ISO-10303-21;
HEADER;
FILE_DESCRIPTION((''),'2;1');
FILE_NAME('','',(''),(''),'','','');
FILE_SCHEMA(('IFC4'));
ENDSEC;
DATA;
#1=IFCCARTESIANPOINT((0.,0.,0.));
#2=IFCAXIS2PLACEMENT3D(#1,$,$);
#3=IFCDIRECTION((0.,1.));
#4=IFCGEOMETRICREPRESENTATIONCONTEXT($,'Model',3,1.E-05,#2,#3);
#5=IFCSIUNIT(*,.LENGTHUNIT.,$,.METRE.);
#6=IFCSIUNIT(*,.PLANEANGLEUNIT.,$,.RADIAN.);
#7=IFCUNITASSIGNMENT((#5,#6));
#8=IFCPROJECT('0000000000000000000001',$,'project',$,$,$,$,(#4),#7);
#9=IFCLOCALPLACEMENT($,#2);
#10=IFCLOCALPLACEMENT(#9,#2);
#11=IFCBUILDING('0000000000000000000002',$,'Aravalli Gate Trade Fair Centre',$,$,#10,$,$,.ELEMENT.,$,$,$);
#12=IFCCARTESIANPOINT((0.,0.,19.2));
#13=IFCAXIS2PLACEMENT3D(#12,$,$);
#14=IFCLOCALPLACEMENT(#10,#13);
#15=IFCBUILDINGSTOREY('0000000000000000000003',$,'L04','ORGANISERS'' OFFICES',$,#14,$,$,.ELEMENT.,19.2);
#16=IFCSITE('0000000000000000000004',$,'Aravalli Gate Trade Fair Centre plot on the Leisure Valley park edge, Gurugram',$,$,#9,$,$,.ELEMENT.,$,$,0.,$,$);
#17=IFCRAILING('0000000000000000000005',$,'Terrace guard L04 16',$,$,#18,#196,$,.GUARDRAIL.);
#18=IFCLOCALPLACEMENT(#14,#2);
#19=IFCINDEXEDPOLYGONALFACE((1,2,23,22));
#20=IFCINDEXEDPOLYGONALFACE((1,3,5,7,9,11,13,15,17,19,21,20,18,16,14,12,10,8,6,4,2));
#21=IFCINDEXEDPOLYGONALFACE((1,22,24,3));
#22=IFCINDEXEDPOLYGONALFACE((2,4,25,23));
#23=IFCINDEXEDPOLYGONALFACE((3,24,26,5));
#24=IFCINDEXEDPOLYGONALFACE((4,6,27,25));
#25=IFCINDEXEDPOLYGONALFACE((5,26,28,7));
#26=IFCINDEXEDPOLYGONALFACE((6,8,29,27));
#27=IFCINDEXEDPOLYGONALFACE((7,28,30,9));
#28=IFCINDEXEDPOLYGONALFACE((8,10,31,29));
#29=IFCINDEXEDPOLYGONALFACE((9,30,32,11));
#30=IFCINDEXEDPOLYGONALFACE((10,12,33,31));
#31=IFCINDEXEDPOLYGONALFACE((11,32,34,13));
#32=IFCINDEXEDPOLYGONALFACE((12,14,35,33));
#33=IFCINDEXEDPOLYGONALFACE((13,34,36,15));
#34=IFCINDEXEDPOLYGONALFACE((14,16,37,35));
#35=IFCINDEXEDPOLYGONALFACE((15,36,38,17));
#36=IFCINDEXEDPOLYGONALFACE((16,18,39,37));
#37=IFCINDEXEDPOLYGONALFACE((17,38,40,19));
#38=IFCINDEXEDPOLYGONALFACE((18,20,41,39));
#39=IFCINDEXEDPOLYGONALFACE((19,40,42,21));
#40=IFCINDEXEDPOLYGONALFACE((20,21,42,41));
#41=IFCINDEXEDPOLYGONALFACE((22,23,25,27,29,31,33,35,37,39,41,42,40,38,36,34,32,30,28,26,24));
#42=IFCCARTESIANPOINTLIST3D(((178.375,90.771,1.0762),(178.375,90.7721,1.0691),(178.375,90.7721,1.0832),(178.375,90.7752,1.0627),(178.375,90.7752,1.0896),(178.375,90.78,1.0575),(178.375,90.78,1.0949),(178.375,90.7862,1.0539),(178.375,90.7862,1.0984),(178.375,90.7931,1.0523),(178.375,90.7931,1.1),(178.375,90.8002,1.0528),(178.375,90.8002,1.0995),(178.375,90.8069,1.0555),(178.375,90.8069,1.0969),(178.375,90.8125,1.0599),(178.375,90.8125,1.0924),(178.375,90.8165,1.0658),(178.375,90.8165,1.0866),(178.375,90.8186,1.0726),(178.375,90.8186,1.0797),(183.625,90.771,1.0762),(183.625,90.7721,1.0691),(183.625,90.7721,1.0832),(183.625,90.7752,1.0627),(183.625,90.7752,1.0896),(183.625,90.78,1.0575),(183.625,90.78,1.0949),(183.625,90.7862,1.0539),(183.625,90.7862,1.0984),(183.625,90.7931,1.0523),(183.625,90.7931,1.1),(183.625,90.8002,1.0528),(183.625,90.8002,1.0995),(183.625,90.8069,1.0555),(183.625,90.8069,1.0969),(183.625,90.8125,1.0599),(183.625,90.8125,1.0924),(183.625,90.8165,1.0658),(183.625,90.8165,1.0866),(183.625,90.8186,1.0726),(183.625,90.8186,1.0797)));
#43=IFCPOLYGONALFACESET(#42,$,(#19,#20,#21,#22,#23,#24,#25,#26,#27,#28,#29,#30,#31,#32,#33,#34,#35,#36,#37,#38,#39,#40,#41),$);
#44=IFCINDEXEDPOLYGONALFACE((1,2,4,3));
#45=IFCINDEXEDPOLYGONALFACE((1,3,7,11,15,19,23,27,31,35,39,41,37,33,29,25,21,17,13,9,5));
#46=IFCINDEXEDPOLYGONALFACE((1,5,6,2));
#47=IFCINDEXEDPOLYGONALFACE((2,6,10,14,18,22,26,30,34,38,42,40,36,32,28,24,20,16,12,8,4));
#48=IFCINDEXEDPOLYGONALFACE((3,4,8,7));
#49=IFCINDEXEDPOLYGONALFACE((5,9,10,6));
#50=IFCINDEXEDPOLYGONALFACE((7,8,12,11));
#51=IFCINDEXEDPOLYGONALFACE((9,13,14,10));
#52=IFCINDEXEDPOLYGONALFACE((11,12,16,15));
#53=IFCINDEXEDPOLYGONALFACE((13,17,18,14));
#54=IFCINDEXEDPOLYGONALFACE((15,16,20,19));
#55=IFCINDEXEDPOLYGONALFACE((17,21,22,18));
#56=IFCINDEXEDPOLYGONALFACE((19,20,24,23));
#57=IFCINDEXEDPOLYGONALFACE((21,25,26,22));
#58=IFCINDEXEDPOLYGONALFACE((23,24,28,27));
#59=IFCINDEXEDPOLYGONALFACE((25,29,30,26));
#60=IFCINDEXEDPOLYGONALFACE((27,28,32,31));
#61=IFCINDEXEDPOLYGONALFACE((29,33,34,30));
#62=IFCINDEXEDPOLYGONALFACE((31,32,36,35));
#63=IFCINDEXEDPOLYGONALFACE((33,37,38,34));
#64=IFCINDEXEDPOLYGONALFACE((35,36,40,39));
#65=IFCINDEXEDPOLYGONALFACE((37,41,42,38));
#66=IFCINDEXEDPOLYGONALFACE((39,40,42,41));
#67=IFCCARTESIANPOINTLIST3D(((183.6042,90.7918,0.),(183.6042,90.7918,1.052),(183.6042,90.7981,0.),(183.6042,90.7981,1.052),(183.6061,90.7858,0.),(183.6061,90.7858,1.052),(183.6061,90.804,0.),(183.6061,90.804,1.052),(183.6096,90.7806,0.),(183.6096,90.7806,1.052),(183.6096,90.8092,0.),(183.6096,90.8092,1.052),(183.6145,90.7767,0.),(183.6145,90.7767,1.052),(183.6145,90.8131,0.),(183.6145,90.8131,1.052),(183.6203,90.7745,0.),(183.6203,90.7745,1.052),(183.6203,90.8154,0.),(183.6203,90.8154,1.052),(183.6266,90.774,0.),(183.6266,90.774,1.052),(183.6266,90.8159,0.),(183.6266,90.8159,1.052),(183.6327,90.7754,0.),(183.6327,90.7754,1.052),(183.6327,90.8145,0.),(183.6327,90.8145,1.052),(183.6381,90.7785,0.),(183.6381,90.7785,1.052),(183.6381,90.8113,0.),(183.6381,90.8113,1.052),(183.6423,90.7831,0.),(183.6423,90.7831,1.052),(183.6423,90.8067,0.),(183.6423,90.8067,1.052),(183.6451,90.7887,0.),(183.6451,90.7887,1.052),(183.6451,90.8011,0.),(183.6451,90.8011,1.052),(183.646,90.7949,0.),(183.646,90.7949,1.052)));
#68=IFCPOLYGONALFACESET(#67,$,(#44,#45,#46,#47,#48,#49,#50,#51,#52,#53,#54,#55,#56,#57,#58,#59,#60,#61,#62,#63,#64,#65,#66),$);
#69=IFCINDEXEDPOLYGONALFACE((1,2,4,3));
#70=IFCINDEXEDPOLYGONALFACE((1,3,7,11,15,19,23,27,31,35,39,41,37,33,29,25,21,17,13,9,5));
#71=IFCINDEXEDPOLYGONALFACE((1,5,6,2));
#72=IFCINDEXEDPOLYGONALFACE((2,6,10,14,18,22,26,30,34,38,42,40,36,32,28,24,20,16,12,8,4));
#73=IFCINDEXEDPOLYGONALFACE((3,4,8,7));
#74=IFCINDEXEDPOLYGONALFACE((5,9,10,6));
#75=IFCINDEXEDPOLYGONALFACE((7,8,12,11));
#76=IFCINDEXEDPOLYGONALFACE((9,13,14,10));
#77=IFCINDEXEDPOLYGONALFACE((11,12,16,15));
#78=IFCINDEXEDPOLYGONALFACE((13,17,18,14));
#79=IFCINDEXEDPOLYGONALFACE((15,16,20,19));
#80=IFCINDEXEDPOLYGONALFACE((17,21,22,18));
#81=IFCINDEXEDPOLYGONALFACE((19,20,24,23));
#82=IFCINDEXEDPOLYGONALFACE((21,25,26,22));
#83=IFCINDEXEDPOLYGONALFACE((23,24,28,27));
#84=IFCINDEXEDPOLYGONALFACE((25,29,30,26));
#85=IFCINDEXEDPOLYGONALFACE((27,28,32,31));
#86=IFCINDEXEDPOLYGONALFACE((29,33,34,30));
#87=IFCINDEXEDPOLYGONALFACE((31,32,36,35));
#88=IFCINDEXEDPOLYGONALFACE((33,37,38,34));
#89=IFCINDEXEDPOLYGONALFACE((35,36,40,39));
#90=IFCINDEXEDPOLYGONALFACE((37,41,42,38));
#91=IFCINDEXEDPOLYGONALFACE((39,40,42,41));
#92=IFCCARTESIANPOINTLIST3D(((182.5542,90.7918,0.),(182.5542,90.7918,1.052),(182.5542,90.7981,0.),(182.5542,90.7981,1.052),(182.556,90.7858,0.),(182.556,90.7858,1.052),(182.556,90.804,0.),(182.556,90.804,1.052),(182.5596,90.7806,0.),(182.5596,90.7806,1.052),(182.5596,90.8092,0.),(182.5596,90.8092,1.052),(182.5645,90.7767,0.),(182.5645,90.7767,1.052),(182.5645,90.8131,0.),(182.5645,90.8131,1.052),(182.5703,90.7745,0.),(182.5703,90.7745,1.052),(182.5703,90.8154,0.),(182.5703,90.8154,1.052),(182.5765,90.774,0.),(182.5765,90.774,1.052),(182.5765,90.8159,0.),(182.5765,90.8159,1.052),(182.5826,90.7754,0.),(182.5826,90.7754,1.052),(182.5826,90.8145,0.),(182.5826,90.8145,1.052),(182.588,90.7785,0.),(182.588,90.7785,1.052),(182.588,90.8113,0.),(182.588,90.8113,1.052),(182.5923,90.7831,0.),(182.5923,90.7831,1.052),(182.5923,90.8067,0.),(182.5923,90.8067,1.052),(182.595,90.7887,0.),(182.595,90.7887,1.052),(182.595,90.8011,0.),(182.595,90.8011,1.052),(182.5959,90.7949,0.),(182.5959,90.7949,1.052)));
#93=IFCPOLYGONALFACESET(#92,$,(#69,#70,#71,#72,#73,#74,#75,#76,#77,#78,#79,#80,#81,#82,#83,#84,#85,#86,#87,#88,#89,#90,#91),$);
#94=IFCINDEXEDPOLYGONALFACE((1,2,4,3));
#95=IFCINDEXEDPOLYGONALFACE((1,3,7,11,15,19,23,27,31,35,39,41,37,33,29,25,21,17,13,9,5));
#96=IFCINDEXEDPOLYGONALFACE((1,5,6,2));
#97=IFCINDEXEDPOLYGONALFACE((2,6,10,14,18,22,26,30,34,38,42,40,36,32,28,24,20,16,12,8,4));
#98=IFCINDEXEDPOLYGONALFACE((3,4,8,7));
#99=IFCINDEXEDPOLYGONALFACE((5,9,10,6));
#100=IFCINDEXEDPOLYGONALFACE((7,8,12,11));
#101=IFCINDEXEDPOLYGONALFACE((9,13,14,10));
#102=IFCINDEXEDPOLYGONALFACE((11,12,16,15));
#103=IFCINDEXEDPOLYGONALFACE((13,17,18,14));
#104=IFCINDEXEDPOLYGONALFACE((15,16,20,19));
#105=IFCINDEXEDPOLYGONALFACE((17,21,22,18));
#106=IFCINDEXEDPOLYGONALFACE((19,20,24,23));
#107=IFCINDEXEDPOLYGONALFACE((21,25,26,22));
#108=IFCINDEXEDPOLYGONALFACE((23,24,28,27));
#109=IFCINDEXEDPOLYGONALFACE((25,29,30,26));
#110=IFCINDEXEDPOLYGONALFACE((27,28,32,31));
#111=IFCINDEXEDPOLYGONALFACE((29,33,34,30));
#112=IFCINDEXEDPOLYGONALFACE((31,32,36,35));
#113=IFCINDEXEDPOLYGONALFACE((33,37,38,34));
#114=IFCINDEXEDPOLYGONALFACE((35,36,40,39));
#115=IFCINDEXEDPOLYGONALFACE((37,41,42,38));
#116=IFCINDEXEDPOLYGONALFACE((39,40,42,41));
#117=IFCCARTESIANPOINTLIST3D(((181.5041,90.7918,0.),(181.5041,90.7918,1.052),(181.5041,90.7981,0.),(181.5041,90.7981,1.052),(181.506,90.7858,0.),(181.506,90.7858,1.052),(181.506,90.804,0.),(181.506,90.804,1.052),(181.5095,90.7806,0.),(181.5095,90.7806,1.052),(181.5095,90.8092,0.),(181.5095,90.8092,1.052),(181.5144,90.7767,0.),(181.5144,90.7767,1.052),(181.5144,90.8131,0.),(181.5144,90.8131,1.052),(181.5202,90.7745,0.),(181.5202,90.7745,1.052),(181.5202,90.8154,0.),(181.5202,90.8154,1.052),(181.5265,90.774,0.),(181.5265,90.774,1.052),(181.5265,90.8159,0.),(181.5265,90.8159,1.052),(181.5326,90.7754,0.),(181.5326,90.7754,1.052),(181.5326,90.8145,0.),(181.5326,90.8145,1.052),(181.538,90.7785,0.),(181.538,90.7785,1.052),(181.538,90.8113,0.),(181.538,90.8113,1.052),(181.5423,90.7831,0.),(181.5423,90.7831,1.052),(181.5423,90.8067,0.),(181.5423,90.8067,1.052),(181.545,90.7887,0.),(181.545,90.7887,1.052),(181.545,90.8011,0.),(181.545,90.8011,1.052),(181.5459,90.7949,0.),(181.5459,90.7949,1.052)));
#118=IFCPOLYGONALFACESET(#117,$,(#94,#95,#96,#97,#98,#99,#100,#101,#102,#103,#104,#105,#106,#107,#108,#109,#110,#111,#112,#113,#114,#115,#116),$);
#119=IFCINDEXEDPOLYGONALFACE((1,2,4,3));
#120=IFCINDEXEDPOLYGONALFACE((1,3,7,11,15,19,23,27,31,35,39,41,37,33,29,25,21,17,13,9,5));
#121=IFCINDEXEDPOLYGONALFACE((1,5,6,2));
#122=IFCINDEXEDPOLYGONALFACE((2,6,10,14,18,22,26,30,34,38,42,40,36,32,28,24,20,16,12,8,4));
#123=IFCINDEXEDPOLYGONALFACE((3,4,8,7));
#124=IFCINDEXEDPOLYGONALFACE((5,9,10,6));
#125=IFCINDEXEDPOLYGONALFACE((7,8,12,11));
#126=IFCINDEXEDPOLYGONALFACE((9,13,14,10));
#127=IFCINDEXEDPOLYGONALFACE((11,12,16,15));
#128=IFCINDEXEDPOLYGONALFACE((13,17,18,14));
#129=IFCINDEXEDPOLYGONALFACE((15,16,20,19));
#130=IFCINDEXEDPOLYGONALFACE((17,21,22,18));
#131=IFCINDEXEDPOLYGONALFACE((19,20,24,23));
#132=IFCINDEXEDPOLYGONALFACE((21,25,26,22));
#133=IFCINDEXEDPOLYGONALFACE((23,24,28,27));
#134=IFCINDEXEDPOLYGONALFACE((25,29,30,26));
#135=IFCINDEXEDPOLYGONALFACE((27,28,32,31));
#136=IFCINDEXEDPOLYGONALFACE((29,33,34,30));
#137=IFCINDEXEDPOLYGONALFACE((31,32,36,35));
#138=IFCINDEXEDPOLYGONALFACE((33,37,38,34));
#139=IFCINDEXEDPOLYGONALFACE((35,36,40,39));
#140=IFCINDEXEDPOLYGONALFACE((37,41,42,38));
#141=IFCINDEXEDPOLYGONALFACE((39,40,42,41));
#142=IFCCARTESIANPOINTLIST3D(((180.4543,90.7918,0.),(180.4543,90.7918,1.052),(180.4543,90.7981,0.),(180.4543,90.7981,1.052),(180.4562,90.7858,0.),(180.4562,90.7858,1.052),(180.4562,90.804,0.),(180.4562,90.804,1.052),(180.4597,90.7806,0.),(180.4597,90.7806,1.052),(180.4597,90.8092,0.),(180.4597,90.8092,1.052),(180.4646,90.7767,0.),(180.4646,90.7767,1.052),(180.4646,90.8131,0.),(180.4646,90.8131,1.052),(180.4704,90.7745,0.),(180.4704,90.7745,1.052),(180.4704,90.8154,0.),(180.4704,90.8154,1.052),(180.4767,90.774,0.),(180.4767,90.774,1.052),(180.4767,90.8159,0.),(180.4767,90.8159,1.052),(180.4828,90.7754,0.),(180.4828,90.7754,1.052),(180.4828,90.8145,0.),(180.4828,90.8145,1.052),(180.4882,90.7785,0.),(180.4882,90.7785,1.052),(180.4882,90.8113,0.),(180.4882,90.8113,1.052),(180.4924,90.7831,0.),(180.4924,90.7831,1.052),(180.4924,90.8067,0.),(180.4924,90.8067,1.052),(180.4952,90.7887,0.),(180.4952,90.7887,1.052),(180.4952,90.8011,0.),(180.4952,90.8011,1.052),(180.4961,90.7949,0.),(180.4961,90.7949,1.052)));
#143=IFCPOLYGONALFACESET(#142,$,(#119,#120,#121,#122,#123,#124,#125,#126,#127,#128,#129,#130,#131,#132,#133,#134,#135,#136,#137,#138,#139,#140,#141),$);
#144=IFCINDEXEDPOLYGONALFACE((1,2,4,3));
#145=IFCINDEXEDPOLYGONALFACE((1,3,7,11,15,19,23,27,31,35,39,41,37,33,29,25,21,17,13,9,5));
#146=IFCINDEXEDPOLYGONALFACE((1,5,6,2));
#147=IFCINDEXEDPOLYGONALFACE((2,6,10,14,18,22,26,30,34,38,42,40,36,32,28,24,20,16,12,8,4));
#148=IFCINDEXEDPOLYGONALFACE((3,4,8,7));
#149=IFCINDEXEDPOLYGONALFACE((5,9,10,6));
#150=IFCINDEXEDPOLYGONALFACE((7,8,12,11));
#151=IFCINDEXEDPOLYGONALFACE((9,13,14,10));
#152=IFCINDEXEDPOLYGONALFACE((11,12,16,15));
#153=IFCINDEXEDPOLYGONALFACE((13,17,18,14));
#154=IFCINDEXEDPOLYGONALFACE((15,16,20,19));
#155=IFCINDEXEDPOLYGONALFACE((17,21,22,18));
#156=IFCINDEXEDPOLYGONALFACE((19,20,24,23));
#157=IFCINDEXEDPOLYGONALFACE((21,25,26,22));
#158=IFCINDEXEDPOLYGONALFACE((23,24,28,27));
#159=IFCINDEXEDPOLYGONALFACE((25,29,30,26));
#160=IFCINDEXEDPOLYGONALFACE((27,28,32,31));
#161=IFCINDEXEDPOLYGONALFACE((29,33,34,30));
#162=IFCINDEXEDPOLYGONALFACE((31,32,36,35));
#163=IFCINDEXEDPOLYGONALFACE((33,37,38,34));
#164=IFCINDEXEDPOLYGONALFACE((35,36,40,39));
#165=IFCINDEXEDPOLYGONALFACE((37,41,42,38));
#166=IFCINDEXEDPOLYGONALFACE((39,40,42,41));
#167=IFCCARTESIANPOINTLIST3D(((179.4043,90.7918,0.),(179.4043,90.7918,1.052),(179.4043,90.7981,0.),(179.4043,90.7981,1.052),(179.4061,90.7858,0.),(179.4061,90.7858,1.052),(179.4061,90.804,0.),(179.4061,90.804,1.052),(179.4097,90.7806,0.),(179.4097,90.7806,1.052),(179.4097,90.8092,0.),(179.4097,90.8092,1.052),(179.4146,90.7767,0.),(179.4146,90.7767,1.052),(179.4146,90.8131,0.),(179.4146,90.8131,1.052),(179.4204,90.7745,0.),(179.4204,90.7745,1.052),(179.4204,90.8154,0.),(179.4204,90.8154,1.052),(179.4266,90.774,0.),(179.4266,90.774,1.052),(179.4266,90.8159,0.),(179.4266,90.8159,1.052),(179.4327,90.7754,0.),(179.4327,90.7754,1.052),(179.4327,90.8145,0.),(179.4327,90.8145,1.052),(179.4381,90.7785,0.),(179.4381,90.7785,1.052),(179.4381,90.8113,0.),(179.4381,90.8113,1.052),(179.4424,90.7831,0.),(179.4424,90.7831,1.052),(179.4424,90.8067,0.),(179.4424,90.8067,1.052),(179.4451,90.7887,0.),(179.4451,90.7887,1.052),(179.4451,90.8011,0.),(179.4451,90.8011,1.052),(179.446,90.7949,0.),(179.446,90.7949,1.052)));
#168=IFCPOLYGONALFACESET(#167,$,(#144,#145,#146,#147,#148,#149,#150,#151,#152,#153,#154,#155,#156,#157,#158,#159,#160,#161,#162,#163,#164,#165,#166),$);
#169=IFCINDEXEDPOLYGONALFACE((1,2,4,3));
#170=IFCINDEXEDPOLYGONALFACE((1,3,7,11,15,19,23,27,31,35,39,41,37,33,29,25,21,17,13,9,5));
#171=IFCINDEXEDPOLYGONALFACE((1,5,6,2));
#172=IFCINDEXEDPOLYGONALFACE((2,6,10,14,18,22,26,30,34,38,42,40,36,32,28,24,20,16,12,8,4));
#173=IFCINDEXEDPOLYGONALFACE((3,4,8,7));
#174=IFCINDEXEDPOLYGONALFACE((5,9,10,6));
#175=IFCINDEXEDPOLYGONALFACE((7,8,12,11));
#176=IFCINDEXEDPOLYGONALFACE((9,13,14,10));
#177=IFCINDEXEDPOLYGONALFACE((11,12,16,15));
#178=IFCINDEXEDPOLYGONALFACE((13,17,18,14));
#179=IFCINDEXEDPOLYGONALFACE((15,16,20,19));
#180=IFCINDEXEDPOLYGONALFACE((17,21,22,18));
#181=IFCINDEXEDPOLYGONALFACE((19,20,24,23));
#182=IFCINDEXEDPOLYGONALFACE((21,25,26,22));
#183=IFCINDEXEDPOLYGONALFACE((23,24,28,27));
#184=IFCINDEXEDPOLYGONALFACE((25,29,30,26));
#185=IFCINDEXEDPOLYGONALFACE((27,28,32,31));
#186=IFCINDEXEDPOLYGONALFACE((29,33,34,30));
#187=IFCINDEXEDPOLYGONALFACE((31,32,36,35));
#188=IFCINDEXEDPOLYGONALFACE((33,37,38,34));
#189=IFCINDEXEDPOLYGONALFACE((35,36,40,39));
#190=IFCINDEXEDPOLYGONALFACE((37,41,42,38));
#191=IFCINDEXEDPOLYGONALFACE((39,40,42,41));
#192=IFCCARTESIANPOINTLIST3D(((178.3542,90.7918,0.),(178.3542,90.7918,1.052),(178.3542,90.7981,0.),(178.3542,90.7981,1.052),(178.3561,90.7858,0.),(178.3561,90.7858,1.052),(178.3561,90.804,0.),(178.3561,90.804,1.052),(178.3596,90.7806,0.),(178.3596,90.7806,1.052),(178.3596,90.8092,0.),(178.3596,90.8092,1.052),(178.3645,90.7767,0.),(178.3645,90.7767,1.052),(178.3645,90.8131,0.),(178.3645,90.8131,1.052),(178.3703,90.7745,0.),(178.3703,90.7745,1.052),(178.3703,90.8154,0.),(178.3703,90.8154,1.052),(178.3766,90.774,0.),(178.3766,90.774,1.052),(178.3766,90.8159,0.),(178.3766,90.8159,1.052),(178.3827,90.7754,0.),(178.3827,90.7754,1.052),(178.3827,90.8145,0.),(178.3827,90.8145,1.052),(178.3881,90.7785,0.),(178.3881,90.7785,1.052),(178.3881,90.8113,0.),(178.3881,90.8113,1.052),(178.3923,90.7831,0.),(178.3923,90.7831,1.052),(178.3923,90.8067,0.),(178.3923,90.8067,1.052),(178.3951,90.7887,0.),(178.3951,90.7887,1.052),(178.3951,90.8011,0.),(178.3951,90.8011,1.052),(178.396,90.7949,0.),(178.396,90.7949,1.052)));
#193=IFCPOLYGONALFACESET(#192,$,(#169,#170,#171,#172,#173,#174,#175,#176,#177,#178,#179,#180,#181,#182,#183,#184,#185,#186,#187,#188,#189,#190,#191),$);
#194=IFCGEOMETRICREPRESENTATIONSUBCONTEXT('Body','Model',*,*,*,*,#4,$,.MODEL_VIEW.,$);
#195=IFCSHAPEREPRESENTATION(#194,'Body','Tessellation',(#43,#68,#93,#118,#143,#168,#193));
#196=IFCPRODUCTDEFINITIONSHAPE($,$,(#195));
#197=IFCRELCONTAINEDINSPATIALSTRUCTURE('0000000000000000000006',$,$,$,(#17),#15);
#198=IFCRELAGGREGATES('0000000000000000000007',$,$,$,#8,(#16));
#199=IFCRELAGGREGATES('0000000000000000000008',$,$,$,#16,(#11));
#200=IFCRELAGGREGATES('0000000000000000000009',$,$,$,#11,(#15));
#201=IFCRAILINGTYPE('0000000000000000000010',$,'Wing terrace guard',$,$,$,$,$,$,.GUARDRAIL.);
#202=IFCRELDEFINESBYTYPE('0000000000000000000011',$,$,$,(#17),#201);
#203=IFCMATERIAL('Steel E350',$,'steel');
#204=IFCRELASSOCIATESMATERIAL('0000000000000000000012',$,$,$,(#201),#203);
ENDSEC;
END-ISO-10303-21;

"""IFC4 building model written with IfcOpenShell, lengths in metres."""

from ifc_helpers import new_model, si_unit, direction, frame, origin, origin_2d, place, context, subcontext, project, spatial, circle, extrude, material, type_object, element, save


model = new_model("IFC4")

# Units and contexts
model_context = context("Model", 3, precision=1e-05, world=origin(), true_north=direction((0.0, 1.0)))
body_context = subcontext(model_context, "Body", "Model", "MODEL_VIEW")
ifc_project = project(units=[si_unit("LENGTHUNIT", "METRE"), si_unit("PLANEANGLEUNIT", "RADIAN")], contexts=[model_context])

# Site, building, storey
site_placement = place(None, origin())
site = spatial("IfcSite", under=ifc_project, at=site_placement, Name="Aravalli Gate Trade Fair Centre plot on the Leisure Valley park edge, Gurugram", CompositionType="ELEMENT", RefElevation=0.0)
building_placement = place(site_placement, origin())
building = spatial("IfcBuilding", under=site, at=building_placement, Name="Aravalli Gate Trade Fair Centre", CompositionType="ELEMENT")
storey_placement = place(building_placement, frame((0.0, 0.0, 19.2)))
storey = spatial("IfcBuildingStorey", under=building, at=storey_placement, Name="L04", Description="ORGANISERS' OFFICES", CompositionType="ELEMENT", Elevation=19.2)

# Shared definitions
ifc_material_1 = material(Name="Steel E350", Category="steel")

# Railing
railing_type = type_object("IfcRailingType", Name="Wing terrace guard", PredefinedType="GUARDRAIL", material=ifc_material_1)
railing_1_placement = place(storey_placement, frame((183.625, 90.7949, 0.0)))
element("IfcRailing", 1, at=railing_1_placement, inside=storey, type_object=railing_type, Name="Terrace guard L04 16", PredefinedType="GUARDRAIL", context=body_context, shape_type="SweptSolid", body=[
    extrude(circle(Radius=0.0239, at=origin_2d()), frame((0.0, 0.0, 1.0762), z_axis=(-1.0, 0.0, 0.0), x_axis=(0.0, -1.0, 0.0)), (0.0, 0.0, 1.0), 5.25),
    extrude(circle(Radius=0.021, at=origin_2d()), origin(), (0.0, 0.0, 1.0), 1.052),
    extrude(circle(Radius=0.021, at=origin_2d()), frame((-1.05, 0.0, 0.0)), (0.0, 0.0, 1.0), 1.052),
    extrude(circle(Radius=0.021, at=origin_2d()), frame((-2.1001, 0.0, 0.0)), (0.0, 0.0, 1.0), 1.052),
    extrude(circle(Radius=0.021, at=origin_2d()), frame((-3.1499, 0.0, 0.0)), (0.0, 0.0, 1.0), 1.052),
    extrude(circle(Radius=0.021, at=origin_2d()), frame((-4.2, 0.0, 0.0)), (0.0, 0.0, 1.0), 1.052),
    extrude(circle(Radius=0.021, at=origin_2d()), frame((-5.25, 0.0, 0.0)), (0.0, 0.0, 1.0), 1.052),
])

save(model, "model.ifc")
